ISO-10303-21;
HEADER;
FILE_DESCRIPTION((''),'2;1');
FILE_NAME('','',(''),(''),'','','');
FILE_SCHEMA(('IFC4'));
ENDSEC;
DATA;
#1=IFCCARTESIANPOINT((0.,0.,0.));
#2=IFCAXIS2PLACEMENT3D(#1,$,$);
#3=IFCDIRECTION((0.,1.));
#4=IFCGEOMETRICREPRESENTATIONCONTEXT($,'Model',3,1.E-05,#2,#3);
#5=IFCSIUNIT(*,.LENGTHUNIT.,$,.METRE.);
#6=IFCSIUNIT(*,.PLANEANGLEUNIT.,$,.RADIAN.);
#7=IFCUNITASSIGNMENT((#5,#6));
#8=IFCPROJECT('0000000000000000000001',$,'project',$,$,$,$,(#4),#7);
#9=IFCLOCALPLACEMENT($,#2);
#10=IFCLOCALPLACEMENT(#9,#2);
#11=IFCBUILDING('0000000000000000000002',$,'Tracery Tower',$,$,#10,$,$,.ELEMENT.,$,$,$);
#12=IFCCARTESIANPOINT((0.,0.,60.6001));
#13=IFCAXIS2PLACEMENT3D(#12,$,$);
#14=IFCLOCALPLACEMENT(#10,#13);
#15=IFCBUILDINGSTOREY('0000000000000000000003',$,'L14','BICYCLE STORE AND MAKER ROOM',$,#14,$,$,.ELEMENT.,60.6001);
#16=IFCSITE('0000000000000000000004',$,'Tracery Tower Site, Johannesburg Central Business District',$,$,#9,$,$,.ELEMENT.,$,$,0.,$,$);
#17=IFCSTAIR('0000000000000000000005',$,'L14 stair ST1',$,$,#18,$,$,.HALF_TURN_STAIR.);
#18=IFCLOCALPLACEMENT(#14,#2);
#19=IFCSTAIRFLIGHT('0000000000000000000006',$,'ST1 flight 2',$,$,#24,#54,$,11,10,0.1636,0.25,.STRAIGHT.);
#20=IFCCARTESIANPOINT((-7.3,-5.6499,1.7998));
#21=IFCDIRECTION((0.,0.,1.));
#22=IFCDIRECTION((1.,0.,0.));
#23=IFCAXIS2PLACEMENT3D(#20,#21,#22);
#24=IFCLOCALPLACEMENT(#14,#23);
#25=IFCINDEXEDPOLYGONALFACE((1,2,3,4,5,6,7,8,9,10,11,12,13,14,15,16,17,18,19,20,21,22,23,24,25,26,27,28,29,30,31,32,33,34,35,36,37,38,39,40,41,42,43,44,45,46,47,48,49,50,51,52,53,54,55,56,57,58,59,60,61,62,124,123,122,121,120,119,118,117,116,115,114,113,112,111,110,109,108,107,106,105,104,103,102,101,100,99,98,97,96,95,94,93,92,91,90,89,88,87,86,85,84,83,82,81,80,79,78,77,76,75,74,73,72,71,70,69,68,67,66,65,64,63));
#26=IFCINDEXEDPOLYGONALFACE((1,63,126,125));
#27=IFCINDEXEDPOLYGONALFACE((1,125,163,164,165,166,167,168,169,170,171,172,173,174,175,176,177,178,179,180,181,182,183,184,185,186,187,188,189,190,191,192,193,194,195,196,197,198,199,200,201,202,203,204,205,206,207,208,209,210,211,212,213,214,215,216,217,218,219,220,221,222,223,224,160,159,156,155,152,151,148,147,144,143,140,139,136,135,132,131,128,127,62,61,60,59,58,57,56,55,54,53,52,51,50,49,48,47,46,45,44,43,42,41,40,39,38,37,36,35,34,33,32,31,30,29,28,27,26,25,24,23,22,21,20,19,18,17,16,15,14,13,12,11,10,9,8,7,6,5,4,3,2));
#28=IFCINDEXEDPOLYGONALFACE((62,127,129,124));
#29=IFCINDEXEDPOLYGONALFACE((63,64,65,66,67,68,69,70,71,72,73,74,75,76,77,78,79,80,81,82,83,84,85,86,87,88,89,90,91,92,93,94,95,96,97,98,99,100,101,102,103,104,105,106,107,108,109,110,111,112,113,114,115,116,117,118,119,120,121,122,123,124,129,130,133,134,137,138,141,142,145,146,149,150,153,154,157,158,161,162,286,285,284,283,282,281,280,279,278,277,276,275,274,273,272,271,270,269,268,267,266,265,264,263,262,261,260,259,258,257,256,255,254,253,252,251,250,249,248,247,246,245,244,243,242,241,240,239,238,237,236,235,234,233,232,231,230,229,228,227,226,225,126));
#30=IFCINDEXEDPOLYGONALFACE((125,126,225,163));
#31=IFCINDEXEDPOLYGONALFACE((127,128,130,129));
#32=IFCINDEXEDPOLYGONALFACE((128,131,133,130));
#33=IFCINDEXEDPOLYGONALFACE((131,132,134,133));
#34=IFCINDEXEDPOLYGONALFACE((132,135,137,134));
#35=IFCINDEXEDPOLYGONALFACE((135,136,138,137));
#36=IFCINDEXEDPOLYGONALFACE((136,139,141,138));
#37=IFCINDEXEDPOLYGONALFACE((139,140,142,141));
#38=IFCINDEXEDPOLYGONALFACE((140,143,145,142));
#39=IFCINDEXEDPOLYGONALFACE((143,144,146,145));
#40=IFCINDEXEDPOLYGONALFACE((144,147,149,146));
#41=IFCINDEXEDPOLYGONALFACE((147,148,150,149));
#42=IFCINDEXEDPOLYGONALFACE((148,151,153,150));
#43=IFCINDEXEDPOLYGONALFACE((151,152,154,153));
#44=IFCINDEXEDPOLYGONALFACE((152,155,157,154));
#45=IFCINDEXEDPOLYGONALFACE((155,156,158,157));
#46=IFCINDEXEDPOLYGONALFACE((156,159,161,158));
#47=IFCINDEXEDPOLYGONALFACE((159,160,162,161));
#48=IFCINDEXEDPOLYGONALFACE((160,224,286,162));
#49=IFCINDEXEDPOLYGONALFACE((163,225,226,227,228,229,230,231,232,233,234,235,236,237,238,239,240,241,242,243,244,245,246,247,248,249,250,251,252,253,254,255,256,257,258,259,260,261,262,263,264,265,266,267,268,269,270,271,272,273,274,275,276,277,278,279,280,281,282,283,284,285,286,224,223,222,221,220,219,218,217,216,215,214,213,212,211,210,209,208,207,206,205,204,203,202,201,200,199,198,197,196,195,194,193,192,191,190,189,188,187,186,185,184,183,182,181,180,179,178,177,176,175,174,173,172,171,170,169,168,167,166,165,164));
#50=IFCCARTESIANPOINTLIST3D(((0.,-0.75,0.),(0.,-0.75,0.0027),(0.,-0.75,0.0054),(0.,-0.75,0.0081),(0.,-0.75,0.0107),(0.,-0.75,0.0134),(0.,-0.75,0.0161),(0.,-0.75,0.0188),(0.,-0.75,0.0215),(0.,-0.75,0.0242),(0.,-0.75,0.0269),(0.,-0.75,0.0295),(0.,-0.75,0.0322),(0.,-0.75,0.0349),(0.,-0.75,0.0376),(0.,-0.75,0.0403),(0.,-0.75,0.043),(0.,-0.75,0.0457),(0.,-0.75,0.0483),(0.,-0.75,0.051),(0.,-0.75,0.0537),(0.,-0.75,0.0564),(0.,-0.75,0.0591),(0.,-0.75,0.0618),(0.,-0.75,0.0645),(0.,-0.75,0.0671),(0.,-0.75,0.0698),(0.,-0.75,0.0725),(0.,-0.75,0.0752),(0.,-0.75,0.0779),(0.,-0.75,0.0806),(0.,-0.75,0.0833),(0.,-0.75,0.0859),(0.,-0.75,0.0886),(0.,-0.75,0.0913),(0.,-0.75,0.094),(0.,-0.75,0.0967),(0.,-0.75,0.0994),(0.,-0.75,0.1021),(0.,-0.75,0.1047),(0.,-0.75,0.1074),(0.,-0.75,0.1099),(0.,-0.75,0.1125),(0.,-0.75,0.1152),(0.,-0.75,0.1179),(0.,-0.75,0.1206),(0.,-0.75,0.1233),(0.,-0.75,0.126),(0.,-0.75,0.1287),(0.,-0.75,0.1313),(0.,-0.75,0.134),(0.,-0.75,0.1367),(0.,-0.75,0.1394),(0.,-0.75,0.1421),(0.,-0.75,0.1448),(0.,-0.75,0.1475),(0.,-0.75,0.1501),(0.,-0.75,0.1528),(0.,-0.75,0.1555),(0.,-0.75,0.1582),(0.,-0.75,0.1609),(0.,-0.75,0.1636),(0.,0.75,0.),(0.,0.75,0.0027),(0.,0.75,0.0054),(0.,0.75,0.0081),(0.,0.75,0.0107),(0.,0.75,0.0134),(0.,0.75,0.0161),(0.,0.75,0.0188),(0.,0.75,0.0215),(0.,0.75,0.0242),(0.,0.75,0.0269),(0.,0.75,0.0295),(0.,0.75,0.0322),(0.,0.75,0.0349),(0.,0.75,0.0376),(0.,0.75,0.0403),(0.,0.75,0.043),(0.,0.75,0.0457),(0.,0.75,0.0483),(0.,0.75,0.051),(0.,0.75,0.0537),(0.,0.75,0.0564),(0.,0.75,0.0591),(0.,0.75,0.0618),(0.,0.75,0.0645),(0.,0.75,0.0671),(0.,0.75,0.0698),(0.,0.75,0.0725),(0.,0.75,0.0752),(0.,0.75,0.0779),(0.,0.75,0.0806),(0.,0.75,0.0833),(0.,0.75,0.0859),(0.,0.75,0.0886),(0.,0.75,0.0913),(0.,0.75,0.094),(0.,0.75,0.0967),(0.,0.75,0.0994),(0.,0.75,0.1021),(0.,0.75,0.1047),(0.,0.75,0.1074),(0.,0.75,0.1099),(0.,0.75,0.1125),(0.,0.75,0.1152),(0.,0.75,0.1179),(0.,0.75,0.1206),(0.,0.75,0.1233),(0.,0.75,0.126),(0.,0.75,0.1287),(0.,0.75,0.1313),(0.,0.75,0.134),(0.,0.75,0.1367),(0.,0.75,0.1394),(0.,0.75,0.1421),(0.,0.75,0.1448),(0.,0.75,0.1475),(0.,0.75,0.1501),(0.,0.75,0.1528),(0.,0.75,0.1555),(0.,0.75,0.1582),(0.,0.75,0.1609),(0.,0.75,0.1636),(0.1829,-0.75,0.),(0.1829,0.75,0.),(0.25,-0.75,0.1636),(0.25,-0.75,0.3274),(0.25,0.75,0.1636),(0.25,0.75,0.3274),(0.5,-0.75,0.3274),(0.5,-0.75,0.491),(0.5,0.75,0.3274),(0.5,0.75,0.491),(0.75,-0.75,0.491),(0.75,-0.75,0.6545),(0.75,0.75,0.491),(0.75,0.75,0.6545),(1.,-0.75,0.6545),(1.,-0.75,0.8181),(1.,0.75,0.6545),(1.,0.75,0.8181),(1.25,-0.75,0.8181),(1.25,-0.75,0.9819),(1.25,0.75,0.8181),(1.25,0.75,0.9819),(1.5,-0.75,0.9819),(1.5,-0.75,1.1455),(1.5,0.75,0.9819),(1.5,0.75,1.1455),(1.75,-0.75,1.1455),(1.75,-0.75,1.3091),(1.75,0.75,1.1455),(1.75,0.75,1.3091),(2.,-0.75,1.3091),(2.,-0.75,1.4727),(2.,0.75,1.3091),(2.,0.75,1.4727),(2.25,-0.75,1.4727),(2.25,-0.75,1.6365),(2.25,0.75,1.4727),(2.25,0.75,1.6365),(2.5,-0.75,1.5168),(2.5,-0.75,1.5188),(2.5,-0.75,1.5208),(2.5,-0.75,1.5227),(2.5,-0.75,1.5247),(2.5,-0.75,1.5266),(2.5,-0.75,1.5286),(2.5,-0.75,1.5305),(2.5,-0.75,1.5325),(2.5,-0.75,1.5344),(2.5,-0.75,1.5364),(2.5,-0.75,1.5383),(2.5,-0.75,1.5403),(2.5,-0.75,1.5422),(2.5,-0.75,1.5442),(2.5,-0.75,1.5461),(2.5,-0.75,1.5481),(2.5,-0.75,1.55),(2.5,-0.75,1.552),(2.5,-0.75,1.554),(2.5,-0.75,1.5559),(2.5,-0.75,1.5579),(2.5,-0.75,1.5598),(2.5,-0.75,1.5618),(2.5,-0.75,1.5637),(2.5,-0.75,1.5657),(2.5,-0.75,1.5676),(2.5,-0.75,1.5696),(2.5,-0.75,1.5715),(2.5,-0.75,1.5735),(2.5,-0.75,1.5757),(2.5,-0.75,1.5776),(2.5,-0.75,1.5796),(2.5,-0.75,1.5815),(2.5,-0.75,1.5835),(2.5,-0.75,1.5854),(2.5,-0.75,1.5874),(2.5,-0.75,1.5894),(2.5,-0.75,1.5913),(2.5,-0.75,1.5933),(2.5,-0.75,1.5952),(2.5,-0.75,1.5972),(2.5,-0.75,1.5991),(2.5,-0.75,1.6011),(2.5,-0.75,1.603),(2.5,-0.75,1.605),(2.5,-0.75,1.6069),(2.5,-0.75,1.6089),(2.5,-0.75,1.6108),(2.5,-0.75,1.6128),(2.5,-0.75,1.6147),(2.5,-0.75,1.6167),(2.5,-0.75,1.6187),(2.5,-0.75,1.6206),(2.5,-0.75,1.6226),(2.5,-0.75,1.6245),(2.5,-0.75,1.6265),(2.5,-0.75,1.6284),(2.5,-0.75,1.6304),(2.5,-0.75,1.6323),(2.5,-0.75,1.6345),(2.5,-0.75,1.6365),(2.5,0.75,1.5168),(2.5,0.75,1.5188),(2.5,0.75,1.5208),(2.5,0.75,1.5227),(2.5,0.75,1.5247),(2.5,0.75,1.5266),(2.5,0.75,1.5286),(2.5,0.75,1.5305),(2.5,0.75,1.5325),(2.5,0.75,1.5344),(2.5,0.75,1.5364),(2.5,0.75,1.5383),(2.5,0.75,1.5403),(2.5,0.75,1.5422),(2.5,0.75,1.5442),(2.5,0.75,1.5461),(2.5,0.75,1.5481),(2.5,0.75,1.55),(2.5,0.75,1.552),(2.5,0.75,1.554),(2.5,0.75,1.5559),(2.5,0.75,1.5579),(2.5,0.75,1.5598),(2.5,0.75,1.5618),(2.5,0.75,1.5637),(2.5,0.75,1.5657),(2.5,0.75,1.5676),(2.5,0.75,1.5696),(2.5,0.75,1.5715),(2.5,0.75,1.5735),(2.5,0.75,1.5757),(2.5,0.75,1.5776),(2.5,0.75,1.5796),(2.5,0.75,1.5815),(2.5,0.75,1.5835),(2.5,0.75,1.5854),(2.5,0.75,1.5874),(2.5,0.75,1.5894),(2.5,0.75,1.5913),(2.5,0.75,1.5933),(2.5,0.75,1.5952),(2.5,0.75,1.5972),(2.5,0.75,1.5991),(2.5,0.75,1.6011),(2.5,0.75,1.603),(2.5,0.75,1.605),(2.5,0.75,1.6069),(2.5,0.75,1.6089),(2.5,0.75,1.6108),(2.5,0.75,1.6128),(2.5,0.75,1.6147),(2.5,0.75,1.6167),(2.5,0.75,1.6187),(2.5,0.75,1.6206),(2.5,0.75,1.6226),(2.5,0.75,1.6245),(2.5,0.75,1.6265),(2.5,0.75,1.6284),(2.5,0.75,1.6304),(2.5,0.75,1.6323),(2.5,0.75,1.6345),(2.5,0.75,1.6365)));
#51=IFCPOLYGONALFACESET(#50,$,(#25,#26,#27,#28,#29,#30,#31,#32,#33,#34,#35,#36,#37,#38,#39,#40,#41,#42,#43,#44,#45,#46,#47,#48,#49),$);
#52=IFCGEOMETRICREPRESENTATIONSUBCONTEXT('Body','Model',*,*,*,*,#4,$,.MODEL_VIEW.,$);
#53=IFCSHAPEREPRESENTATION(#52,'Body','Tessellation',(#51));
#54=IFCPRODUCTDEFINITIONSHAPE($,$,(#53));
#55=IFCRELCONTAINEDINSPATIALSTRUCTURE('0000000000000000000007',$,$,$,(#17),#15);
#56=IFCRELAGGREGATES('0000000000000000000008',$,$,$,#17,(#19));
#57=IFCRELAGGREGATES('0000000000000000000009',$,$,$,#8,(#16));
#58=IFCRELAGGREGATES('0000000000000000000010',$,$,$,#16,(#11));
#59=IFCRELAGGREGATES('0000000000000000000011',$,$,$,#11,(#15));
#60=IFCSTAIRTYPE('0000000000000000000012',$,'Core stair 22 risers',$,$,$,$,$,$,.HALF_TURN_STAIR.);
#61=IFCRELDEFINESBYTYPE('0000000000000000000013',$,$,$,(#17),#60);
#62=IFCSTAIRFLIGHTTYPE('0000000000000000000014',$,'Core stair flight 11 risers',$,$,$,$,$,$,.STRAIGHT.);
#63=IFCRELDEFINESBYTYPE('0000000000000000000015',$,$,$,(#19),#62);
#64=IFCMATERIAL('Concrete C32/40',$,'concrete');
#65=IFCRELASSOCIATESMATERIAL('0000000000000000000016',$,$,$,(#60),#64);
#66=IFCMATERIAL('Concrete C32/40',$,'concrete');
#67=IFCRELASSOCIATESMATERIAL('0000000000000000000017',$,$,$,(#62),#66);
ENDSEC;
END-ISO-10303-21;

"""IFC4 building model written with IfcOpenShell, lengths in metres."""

from ifc_helpers import new_model, si_unit, direction, frame, origin, place, context, subcontext, project, spatial, polyline, outline, extrude, material, type_object, element, aggregate, save


model = new_model("IFC4")

# Units and contexts
model_context = context("Model", 3, precision=1e-05, world=origin(), true_north=direction((0.0, 1.0)))
body_context = subcontext(model_context, "Body", "Model", "MODEL_VIEW")
ifc_project = project(units=[si_unit("LENGTHUNIT", "METRE"), si_unit("PLANEANGLEUNIT", "RADIAN")], contexts=[model_context])

# Site, building, storey
site_placement = place(None, origin())
site = spatial("IfcSite", under=ifc_project, at=site_placement, Name="Tracery Tower Site, Johannesburg Central Business District", CompositionType="ELEMENT", RefElevation=0.0)
building_placement = place(site_placement, origin())
building = spatial("IfcBuilding", under=site, at=building_placement, Name="Tracery Tower", CompositionType="ELEMENT")
storey_placement = place(building_placement, frame((0.0, 0.0, 60.6001)))
storey = spatial("IfcBuildingStorey", under=building, at=storey_placement, Name="L14", Description="BICYCLE STORE AND MAKER ROOM", CompositionType="ELEMENT", Elevation=60.6001)

# Stair, stair flight
ifc_material_1 = material(Name="Concrete C32/40", Category="concrete")
stair_type = type_object("IfcStairType", Name="Core stair 22 risers", PredefinedType="HALF_TURN_STAIR", material=ifc_material_1)
stair_placement = place(storey_placement, origin())
stair = element("IfcStair", 1, at=stair_placement, inside=storey, type_object=stair_type, Name="L14 stair ST1", PredefinedType="HALF_TURN_STAIR")
ifc_material_2 = material(Name="Concrete C32/40", Category="concrete")
stair_flight_type = type_object("IfcStairFlightType", Name="Core stair flight 11 risers", PredefinedType="STRAIGHT", material=ifc_material_2)
stair_flight_placement = place(storey_placement, frame((-7.3, -5.6499, 1.7998), z_axis=(0.0, 0.0, 1.0), x_axis=(1.0, 0.0, 0.0)))
stair_flight = element("IfcStairFlight", 2, at=stair_flight_placement, type_object=stair_flight_type, Name="ST1 flight 2", NumberOfRisers=11, NumberOfTreads=10, PredefinedType="STRAIGHT", RiserHeight=0.1636, TreadLength=0.25, context=body_context, shape_type="SweptSolid", body=[
    extrude(outline(polyline([(0.0, 0.0), (0.0, 0.0027), (0.0, 0.0054), (0.0, 0.0081), (0.0, 0.0107), (0.0, 0.0134), (0.0, 0.0161), (0.0, 0.0188), (0.0, 0.0215), (0.0, 0.0242), (0.0, 0.0269), (0.0, 0.0295), (0.0, 0.0322), (0.0, 0.0349), (0.0, 0.0376), (0.0, 0.0403), (0.0, 0.043), (0.0, 0.0457), (0.0, 0.0483), (0.0, 0.051), (0.0, 0.0537), (0.0, 0.0564), (0.0, 0.0591), (0.0, 0.0618), (0.0, 0.0645), (0.0, 0.0671), (0.0, 0.0698), (0.0, 0.0725), (0.0, 0.0752), (0.0, 0.0779), (0.0, 0.0806), (0.0, 0.0833), (0.0, 0.0859), (0.0, 0.0886), (0.0, 0.0913), (0.0, 0.094), (0.0, 0.0967), (0.0, 0.0994), (0.0, 0.1021), (0.0, 0.1047), (0.0, 0.1074), (0.0, 0.1099), (0.0, 0.1125), (0.0, 0.1152), (0.0, 0.1179), (0.0, 0.1206), (0.0, 0.1233), (0.0, 0.126), (0.0, 0.1287), (0.0, 0.1313), (0.0, 0.134), (0.0, 0.1367), (0.0, 0.1394), (0.0, 0.1421), (0.0, 0.1448), (0.0, 0.1475), (0.0, 0.1501), (0.0, 0.1528), (0.0, 0.1555), (0.0, 0.1582), (0.0, 0.1609), (0.0, 0.1636), (0.25, 0.1636), (0.25, 0.3274), (0.5, 0.3274), (0.5, 0.491), (0.75, 0.491), (0.75, 0.6545), (1.0, 0.6545), (1.0, 0.8181), (1.25, 0.8181), (1.25, 0.9819), (1.5, 0.9819), (1.5, 1.1455), (1.75, 1.1455), (1.75, 1.3091), (2.0, 1.3091), (2.0, 1.4727), (2.25, 1.4727), (2.25, 1.6365), (2.5, 1.6365), (2.5, 1.6345), (2.5, 1.6323), (2.5, 1.6304), (2.5, 1.6284), (2.5, 1.6265), (2.5, 1.6245), (2.5, 1.6226), (2.5, 1.6206), (2.5, 1.6187), (2.5, 1.6167), (2.5, 1.6147), (2.5, 1.6128), (2.5, 1.6108), (2.5, 1.6089), (2.5, 1.6069), (2.5, 1.605), (2.5, 1.603), (2.5, 1.6011), (2.5, 1.5991), (2.5, 1.5972), (2.5, 1.5952), (2.5, 1.5933), (2.5, 1.5913), (2.5, 1.5894), (2.5, 1.5874), (2.5, 1.5854), (2.5, 1.5835), (2.5, 1.5815), (2.5, 1.5796), (2.5, 1.5776), (2.5, 1.5757), (2.5, 1.5735), (2.5, 1.5715), (2.5, 1.5696), (2.5, 1.5676), (2.5, 1.5657), (2.5, 1.5637), (2.5, 1.5618), (2.5, 1.5598), (2.5, 1.5579), (2.5, 1.5559), (2.5, 1.554), (2.5, 1.552), (2.5, 1.55), (2.5, 1.5481), (2.5, 1.5461), (2.5, 1.5442), (2.5, 1.5422), (2.5, 1.5403), (2.5, 1.5383), (2.5, 1.5364), (2.5, 1.5344), (2.5, 1.5325), (2.5, 1.5305), (2.5, 1.5286), (2.5, 1.5266), (2.5, 1.5247), (2.5, 1.5227), (2.5, 1.5208), (2.5, 1.5188), (2.5, 1.5168), (0.1829, 0.0), (0.0, 0.0)])), frame((0.0, 0.75, 0.0), z_axis=(0.0, -1.0, 0.0), x_axis=(1.0, 0.0, 0.0)), (0.0, 0.0, 1.0), 1.5),
])
aggregate(stair, [stair_flight])

save(model, "model.ifc")
